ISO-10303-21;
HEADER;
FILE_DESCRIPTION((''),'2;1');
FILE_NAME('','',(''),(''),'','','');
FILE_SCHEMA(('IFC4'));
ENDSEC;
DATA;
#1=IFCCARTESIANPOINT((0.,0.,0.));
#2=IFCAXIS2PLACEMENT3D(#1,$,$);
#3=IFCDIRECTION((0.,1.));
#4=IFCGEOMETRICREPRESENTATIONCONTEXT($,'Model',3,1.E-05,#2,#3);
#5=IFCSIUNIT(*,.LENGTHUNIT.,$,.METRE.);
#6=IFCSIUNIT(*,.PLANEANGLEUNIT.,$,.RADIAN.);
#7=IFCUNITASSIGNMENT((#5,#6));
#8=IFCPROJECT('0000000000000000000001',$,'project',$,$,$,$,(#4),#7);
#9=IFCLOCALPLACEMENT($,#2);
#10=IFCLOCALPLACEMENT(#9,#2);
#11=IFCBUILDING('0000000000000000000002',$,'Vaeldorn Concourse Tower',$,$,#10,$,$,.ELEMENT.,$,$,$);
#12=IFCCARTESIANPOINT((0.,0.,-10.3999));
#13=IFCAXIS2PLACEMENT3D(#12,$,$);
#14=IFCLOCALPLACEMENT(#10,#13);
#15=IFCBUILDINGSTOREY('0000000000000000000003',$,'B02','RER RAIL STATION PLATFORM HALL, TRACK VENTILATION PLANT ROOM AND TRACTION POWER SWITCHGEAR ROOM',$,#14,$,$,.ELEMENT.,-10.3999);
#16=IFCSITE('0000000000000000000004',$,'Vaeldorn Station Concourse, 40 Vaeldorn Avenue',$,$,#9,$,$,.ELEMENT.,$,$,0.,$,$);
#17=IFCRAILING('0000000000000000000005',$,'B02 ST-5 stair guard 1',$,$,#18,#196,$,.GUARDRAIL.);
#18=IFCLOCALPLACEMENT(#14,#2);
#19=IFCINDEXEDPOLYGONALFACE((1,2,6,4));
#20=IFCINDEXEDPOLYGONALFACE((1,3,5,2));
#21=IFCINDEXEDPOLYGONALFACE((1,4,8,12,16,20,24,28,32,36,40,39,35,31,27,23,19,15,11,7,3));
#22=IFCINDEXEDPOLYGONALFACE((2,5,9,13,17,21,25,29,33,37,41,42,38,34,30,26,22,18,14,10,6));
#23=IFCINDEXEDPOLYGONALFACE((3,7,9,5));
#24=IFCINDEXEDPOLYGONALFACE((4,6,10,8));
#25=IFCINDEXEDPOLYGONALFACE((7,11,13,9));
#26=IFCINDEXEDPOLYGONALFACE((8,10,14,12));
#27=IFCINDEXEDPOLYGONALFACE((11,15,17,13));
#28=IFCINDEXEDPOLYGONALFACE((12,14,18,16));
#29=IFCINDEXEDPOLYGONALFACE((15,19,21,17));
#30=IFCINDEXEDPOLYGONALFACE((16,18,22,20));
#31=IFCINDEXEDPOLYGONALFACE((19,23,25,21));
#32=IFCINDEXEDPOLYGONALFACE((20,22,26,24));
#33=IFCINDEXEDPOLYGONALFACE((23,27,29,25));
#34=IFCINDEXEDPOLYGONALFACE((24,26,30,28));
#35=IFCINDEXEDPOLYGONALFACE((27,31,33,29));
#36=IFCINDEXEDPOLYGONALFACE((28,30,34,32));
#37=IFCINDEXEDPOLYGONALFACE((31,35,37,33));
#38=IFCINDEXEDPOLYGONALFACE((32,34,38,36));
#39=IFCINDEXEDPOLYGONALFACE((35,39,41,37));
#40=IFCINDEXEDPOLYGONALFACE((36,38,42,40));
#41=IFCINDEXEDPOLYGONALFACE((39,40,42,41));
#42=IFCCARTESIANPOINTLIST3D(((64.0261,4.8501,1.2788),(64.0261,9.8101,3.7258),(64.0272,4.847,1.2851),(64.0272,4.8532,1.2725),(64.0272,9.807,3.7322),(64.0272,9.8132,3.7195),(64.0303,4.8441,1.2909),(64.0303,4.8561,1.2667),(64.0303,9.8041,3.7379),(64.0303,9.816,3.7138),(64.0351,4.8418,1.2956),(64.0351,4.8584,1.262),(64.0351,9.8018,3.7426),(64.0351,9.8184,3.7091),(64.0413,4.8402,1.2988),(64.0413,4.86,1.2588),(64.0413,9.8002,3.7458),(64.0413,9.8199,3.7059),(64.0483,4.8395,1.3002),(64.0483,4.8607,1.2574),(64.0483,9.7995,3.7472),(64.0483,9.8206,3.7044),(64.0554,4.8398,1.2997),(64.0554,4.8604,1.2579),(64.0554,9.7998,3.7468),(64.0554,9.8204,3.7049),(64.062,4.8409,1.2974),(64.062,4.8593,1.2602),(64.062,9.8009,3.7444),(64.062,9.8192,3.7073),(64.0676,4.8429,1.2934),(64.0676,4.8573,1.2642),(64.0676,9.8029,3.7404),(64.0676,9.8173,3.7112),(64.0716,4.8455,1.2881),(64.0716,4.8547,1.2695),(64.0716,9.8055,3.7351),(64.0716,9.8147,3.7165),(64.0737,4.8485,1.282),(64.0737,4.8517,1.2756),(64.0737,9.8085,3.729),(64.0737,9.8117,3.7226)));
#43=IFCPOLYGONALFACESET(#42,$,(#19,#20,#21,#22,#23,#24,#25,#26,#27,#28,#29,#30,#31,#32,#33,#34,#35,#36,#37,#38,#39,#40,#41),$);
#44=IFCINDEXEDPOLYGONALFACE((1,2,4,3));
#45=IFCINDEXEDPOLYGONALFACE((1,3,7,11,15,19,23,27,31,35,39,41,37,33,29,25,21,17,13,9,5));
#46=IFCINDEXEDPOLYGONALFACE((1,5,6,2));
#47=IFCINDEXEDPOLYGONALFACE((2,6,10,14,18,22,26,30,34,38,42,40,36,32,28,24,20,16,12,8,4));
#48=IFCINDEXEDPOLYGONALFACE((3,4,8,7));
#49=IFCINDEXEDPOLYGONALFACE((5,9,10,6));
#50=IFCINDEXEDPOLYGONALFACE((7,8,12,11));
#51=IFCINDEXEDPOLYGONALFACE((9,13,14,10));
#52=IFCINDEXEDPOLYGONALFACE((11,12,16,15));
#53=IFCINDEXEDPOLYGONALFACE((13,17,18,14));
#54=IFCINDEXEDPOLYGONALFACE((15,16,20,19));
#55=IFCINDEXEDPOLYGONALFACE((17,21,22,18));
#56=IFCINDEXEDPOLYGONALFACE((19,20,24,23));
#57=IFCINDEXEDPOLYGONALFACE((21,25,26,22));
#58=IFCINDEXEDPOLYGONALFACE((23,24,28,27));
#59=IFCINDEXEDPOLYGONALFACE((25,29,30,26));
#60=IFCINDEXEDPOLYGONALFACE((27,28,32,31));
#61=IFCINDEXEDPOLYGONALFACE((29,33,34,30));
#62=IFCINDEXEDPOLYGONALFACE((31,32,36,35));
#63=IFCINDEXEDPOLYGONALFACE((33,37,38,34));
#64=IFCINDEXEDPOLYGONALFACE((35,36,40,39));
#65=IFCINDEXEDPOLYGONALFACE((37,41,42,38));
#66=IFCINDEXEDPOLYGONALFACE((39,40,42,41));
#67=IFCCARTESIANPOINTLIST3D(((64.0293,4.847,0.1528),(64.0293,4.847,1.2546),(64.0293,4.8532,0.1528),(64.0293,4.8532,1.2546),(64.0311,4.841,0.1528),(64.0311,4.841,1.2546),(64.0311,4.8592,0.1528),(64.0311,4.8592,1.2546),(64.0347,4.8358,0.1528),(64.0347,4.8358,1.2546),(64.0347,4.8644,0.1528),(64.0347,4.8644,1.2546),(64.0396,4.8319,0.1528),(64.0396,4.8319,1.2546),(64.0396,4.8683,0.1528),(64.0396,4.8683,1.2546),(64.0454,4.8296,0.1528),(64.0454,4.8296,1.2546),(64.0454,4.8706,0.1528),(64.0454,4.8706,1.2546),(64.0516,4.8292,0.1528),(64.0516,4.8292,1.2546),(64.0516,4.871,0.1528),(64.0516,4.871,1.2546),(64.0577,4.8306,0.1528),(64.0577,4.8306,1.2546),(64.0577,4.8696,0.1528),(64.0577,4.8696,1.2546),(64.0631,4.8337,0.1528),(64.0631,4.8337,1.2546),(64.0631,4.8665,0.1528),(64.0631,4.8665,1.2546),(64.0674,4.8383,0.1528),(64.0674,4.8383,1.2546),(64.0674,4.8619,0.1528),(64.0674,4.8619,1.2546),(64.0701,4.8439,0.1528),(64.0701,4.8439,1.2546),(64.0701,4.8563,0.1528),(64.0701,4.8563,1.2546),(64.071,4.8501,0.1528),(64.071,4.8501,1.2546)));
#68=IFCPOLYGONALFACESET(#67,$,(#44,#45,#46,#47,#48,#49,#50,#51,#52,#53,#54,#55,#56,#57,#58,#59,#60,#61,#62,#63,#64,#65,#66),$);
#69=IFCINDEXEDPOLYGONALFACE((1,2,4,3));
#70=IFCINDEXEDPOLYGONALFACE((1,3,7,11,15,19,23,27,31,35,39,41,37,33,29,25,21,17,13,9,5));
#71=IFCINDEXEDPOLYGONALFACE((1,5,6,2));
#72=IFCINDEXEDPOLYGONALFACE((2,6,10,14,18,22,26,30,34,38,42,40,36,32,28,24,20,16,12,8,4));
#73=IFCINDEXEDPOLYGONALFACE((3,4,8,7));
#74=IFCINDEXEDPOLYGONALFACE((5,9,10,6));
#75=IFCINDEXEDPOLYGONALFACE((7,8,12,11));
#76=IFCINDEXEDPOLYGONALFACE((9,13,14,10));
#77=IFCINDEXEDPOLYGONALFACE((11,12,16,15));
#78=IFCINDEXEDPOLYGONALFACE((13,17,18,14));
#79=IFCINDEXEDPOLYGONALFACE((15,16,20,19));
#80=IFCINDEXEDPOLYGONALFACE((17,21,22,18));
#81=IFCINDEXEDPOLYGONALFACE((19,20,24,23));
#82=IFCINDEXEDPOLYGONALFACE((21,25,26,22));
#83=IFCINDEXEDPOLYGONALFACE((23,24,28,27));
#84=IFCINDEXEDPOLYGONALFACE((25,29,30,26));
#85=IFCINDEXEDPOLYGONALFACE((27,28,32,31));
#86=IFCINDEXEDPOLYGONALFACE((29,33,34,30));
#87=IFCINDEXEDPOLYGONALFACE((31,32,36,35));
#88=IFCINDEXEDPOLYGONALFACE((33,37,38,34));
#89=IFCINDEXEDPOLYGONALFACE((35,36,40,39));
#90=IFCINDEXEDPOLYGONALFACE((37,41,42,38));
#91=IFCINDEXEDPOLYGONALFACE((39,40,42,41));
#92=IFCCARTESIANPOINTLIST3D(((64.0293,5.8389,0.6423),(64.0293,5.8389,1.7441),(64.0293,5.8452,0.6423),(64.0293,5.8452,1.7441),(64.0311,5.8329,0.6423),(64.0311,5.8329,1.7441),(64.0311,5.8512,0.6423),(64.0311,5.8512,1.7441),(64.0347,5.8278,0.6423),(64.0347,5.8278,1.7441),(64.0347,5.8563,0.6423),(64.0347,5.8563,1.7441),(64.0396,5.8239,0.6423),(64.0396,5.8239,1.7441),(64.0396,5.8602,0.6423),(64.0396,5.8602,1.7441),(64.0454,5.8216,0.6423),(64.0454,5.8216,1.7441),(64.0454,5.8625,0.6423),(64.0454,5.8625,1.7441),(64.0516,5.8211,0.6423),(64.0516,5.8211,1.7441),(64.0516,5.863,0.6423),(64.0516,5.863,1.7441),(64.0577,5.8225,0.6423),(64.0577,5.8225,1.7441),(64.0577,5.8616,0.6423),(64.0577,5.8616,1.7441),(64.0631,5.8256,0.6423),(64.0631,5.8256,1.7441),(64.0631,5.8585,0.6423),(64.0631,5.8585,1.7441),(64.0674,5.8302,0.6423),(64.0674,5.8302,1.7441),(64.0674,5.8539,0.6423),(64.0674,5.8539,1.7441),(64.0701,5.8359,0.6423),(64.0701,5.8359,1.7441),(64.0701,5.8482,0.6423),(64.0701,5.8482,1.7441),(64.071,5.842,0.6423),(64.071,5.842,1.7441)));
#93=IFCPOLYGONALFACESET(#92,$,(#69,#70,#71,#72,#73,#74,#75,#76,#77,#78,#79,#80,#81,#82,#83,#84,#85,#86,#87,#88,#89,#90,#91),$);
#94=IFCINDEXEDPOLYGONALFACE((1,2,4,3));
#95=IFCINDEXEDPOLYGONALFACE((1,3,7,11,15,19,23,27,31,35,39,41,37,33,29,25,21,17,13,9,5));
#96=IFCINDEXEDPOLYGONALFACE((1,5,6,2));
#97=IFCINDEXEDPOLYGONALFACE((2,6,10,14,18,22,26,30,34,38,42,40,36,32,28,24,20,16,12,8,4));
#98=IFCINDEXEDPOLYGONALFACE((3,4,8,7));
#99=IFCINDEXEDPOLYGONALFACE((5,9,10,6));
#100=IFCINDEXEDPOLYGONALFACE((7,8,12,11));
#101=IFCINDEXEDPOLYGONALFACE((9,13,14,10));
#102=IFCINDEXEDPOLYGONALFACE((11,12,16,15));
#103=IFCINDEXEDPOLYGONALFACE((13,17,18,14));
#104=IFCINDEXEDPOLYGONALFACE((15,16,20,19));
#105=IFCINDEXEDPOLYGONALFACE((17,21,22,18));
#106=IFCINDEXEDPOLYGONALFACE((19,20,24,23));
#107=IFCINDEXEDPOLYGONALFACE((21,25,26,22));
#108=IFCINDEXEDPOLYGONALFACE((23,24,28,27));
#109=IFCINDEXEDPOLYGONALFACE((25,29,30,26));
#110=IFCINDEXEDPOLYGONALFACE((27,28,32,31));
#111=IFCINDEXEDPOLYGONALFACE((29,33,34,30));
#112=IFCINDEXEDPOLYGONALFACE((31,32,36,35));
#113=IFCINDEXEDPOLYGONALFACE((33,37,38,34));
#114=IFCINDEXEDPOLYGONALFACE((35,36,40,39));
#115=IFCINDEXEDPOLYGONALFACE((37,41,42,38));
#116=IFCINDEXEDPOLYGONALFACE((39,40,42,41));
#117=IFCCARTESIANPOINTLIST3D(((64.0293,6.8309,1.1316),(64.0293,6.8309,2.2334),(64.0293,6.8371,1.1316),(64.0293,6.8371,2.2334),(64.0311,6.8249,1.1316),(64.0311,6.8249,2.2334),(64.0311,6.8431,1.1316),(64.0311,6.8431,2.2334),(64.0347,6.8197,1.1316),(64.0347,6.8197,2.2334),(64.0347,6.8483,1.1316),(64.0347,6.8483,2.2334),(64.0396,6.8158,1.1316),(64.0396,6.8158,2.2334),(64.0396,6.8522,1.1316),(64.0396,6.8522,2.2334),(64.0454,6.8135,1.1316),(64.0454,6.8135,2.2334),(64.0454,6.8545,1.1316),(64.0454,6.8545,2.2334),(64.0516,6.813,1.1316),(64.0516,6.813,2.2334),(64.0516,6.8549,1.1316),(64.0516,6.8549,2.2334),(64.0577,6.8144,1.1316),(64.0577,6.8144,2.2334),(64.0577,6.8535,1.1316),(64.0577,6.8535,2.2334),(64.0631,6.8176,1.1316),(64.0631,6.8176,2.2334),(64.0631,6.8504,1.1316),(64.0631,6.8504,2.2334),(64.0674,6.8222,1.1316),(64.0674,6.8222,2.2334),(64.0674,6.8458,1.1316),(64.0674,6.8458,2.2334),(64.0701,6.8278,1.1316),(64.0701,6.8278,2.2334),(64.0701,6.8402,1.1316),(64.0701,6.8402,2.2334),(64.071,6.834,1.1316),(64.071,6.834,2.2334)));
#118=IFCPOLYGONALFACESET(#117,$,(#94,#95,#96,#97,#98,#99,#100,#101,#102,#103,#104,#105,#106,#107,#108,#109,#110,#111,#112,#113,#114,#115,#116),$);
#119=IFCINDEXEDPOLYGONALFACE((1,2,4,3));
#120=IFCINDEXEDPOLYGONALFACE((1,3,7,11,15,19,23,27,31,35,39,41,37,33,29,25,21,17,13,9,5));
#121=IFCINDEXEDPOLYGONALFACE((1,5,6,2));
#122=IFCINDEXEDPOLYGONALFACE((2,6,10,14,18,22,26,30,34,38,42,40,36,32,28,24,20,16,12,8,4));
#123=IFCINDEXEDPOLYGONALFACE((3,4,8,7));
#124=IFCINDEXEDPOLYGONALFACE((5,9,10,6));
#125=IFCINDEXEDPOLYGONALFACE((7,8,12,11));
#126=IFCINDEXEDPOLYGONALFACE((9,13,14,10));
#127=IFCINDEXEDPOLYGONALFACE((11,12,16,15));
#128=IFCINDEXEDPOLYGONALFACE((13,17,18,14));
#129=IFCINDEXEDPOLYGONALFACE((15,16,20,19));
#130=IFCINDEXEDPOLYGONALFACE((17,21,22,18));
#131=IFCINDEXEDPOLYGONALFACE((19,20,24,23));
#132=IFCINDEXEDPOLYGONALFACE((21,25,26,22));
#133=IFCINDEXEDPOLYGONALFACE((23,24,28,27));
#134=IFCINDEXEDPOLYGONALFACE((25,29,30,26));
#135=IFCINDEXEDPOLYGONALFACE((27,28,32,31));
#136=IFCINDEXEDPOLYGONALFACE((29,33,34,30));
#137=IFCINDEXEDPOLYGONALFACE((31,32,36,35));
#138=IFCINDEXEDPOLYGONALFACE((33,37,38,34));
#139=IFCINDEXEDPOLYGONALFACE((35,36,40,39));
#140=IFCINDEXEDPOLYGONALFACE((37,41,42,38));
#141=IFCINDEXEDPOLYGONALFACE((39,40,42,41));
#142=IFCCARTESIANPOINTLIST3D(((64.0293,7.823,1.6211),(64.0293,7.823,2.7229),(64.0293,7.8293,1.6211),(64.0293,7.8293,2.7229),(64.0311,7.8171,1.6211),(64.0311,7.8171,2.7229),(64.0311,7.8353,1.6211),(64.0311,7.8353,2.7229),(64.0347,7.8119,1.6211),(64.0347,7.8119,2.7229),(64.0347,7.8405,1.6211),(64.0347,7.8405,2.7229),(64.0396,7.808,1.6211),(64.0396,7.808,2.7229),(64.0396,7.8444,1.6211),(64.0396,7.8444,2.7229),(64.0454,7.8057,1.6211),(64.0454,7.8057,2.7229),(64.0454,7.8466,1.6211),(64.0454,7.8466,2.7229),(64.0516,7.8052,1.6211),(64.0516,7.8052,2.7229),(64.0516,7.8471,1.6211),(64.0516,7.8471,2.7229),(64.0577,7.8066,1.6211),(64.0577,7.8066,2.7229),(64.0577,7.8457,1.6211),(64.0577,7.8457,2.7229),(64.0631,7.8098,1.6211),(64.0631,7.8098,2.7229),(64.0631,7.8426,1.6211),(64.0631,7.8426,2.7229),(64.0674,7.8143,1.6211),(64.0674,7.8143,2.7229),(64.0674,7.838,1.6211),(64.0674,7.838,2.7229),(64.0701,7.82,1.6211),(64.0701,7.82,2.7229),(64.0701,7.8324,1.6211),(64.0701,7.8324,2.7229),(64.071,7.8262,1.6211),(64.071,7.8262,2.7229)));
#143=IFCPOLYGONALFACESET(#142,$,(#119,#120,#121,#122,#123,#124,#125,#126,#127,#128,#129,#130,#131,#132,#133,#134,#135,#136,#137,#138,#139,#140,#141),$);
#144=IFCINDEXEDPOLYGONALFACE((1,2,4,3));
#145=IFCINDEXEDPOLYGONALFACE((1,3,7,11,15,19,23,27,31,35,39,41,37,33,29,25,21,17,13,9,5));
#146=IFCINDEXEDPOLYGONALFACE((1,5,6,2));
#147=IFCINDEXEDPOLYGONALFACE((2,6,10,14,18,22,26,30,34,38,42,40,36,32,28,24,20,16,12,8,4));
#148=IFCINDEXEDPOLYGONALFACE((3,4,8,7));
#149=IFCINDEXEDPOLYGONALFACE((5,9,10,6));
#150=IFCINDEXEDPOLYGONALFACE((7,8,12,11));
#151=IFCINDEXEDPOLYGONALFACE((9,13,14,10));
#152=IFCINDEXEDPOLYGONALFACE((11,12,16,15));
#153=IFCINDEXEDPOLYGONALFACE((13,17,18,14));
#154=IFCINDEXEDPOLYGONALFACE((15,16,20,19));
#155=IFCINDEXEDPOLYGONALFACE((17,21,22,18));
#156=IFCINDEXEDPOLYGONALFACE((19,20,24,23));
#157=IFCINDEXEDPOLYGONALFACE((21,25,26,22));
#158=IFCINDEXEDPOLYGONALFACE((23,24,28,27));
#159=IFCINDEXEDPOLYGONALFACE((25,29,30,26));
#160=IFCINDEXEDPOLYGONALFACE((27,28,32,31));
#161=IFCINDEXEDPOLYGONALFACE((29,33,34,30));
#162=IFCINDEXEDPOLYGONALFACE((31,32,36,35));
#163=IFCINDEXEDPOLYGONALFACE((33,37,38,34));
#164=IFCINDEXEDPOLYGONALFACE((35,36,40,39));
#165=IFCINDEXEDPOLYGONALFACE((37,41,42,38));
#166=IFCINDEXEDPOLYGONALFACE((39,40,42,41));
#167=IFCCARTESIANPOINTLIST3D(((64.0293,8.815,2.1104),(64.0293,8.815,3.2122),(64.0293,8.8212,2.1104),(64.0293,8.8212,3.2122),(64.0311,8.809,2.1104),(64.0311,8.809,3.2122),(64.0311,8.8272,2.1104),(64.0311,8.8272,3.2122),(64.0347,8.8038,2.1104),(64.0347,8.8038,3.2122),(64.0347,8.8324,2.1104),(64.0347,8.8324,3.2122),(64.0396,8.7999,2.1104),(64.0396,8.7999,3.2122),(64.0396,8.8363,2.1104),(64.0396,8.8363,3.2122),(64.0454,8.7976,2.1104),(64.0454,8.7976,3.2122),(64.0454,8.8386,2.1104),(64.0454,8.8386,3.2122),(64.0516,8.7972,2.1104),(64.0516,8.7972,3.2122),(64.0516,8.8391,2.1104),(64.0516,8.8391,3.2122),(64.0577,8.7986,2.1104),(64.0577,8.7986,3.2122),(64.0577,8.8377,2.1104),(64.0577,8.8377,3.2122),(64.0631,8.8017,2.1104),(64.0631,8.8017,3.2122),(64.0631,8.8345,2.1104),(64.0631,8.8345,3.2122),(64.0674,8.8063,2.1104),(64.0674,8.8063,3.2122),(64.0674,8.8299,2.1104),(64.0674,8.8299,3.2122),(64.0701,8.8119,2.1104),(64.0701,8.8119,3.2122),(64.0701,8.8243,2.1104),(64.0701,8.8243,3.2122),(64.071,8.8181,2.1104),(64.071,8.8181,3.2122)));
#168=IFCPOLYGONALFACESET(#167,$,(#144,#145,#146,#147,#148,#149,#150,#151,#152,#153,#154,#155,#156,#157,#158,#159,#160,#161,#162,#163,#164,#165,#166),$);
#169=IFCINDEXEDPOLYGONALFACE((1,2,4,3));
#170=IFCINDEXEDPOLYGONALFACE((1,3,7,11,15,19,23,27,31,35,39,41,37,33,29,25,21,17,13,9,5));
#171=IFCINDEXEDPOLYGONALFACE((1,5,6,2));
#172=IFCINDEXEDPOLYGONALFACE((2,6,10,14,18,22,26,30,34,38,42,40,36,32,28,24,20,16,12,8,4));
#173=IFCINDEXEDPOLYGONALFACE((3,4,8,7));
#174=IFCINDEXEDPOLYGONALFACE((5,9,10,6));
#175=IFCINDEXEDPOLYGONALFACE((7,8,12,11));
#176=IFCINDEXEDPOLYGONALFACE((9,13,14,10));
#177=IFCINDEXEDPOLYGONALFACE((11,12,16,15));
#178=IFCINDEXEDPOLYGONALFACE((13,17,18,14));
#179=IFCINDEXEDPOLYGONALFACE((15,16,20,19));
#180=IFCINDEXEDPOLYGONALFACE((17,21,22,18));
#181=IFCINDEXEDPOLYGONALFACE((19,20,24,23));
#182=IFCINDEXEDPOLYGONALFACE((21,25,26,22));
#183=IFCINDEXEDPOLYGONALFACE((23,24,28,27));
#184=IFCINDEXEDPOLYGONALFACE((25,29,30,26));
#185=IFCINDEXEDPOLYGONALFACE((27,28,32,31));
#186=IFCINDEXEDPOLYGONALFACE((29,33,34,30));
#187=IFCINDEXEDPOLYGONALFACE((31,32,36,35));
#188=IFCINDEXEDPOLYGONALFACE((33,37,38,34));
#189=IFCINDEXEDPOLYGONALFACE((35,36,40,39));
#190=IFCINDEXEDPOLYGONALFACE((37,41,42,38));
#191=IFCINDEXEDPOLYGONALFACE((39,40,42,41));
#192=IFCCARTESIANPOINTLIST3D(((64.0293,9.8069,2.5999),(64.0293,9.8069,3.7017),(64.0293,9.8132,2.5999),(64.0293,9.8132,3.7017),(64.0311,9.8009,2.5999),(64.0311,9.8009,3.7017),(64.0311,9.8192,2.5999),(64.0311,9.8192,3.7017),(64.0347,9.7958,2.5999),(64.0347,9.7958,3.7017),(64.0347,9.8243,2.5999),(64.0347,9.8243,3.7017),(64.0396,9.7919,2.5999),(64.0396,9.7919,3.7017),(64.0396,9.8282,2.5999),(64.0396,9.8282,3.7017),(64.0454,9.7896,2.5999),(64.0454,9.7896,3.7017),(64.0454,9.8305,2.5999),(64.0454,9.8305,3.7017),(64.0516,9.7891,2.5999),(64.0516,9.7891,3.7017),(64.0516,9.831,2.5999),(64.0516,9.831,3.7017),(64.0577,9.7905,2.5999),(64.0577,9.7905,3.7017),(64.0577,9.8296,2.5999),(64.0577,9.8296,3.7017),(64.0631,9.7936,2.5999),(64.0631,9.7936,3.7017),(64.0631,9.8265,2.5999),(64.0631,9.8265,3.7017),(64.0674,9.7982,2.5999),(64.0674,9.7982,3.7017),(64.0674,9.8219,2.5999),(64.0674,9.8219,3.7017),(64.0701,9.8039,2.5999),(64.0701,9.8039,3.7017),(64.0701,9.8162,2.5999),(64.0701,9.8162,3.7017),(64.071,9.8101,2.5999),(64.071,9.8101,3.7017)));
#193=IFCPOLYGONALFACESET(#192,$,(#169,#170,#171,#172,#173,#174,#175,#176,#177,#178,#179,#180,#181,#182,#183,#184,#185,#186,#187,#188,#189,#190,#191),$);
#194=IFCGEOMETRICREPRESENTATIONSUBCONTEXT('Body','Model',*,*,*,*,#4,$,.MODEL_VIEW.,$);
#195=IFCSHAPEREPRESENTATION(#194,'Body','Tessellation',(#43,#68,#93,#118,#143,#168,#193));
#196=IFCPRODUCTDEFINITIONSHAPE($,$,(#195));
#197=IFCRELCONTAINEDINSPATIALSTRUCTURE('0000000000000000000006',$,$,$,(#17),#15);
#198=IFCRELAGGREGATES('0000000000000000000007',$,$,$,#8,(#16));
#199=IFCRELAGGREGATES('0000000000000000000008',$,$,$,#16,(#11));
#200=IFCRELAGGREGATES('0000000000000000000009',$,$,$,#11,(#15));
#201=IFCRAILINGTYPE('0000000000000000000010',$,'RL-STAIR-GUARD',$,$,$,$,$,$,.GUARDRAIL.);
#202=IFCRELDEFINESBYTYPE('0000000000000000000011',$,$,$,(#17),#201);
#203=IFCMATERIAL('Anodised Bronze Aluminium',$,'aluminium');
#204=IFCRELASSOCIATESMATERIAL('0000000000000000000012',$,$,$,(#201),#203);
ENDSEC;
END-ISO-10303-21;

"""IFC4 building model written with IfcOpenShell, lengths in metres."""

from ifc_helpers import new_model, si_unit, direction, frame, origin, origin_2d, place, context, subcontext, project, spatial, circle, extrude, material, type_object, element, save


model = new_model("IFC4")

# Units and contexts
model_context = context("Model", 3, precision=1e-05, world=origin(), true_north=direction((0.0, 1.0)))
body_context = subcontext(model_context, "Body", "Model", "MODEL_VIEW")
ifc_project = project(units=[si_unit("LENGTHUNIT", "METRE"), si_unit("PLANEANGLEUNIT", "RADIAN")], contexts=[model_context])

# Site, building, storey
site_placement = place(None, origin())
site = spatial("IfcSite", under=ifc_project, at=site_placement, Name="Vaeldorn Station Concourse, 40 Vaeldorn Avenue", CompositionType="ELEMENT", RefElevation=0.0)
building_placement = place(site_placement, origin())
building = spatial("IfcBuilding", under=site, at=building_placement, Name="Vaeldorn Concourse Tower", CompositionType="ELEMENT")
storey_placement = place(building_placement, frame((0.0, 0.0, -10.3999)))
storey = spatial("IfcBuildingStorey", under=building, at=storey_placement, Name="B02", Description="RER RAIL STATION PLATFORM HALL, TRACK VENTILATION PLANT ROOM AND TRACTION POWER SWITCHGEAR ROOM", CompositionType="ELEMENT", Elevation=-10.3999)

# Railing
ifc_material_1 = material(Name="Anodised Bronze Aluminium", Category="aluminium")
railing_type_1 = type_object("IfcRailingType", Name="RL-STAIR-GUARD", PredefinedType="GUARDRAIL", material=ifc_material_1)
railing_1_placement = place(storey_placement, frame((64.05, 4.8501, 0.1528)))
element("IfcRailing", 1, at=railing_1_placement, inside=storey, type_object=railing_type_1, Name="B02 ST-5 stair guard 1", PredefinedType="GUARDRAIL", context=body_context, shape_type="SweptSolid", body=[
    extrude(circle(Radius=0.0239, at=origin_2d()), frame((0.0, 0.0, 1.126), z_axis=(0.0, 0.896798, 0.44244), x_axis=(-1.0, 0.0, 0.0)), (0.0, 0.0, 1.0), 5.5308),
    extrude(circle(Radius=0.021, at=origin_2d()), origin(), (0.0, 0.0, 1.0), 1.1018),
    extrude(circle(Radius=0.021, at=origin_2d()), frame((0.0, 0.9919, 0.4895)), (0.0, 0.0, 1.0), 1.1018),
    extrude(circle(Radius=0.021, at=origin_2d()), frame((0.0, 1.9839, 0.9788)), (0.0, 0.0, 1.0), 1.1018),
    extrude(circle(Radius=0.021, at=origin_2d()), frame((0.0, 2.9761, 1.4683)), (0.0, 0.0, 1.0), 1.1018),
    extrude(circle(Radius=0.021, at=origin_2d()), frame((0.0, 3.968, 1.9575)), (0.0, 0.0, 1.0), 1.1018),
    extrude(circle(Radius=0.021, at=origin_2d()), frame((0.0, 4.96, 2.447)), (0.0, 0.0, 1.0), 1.1018),
])

save(model, "model.ifc")
